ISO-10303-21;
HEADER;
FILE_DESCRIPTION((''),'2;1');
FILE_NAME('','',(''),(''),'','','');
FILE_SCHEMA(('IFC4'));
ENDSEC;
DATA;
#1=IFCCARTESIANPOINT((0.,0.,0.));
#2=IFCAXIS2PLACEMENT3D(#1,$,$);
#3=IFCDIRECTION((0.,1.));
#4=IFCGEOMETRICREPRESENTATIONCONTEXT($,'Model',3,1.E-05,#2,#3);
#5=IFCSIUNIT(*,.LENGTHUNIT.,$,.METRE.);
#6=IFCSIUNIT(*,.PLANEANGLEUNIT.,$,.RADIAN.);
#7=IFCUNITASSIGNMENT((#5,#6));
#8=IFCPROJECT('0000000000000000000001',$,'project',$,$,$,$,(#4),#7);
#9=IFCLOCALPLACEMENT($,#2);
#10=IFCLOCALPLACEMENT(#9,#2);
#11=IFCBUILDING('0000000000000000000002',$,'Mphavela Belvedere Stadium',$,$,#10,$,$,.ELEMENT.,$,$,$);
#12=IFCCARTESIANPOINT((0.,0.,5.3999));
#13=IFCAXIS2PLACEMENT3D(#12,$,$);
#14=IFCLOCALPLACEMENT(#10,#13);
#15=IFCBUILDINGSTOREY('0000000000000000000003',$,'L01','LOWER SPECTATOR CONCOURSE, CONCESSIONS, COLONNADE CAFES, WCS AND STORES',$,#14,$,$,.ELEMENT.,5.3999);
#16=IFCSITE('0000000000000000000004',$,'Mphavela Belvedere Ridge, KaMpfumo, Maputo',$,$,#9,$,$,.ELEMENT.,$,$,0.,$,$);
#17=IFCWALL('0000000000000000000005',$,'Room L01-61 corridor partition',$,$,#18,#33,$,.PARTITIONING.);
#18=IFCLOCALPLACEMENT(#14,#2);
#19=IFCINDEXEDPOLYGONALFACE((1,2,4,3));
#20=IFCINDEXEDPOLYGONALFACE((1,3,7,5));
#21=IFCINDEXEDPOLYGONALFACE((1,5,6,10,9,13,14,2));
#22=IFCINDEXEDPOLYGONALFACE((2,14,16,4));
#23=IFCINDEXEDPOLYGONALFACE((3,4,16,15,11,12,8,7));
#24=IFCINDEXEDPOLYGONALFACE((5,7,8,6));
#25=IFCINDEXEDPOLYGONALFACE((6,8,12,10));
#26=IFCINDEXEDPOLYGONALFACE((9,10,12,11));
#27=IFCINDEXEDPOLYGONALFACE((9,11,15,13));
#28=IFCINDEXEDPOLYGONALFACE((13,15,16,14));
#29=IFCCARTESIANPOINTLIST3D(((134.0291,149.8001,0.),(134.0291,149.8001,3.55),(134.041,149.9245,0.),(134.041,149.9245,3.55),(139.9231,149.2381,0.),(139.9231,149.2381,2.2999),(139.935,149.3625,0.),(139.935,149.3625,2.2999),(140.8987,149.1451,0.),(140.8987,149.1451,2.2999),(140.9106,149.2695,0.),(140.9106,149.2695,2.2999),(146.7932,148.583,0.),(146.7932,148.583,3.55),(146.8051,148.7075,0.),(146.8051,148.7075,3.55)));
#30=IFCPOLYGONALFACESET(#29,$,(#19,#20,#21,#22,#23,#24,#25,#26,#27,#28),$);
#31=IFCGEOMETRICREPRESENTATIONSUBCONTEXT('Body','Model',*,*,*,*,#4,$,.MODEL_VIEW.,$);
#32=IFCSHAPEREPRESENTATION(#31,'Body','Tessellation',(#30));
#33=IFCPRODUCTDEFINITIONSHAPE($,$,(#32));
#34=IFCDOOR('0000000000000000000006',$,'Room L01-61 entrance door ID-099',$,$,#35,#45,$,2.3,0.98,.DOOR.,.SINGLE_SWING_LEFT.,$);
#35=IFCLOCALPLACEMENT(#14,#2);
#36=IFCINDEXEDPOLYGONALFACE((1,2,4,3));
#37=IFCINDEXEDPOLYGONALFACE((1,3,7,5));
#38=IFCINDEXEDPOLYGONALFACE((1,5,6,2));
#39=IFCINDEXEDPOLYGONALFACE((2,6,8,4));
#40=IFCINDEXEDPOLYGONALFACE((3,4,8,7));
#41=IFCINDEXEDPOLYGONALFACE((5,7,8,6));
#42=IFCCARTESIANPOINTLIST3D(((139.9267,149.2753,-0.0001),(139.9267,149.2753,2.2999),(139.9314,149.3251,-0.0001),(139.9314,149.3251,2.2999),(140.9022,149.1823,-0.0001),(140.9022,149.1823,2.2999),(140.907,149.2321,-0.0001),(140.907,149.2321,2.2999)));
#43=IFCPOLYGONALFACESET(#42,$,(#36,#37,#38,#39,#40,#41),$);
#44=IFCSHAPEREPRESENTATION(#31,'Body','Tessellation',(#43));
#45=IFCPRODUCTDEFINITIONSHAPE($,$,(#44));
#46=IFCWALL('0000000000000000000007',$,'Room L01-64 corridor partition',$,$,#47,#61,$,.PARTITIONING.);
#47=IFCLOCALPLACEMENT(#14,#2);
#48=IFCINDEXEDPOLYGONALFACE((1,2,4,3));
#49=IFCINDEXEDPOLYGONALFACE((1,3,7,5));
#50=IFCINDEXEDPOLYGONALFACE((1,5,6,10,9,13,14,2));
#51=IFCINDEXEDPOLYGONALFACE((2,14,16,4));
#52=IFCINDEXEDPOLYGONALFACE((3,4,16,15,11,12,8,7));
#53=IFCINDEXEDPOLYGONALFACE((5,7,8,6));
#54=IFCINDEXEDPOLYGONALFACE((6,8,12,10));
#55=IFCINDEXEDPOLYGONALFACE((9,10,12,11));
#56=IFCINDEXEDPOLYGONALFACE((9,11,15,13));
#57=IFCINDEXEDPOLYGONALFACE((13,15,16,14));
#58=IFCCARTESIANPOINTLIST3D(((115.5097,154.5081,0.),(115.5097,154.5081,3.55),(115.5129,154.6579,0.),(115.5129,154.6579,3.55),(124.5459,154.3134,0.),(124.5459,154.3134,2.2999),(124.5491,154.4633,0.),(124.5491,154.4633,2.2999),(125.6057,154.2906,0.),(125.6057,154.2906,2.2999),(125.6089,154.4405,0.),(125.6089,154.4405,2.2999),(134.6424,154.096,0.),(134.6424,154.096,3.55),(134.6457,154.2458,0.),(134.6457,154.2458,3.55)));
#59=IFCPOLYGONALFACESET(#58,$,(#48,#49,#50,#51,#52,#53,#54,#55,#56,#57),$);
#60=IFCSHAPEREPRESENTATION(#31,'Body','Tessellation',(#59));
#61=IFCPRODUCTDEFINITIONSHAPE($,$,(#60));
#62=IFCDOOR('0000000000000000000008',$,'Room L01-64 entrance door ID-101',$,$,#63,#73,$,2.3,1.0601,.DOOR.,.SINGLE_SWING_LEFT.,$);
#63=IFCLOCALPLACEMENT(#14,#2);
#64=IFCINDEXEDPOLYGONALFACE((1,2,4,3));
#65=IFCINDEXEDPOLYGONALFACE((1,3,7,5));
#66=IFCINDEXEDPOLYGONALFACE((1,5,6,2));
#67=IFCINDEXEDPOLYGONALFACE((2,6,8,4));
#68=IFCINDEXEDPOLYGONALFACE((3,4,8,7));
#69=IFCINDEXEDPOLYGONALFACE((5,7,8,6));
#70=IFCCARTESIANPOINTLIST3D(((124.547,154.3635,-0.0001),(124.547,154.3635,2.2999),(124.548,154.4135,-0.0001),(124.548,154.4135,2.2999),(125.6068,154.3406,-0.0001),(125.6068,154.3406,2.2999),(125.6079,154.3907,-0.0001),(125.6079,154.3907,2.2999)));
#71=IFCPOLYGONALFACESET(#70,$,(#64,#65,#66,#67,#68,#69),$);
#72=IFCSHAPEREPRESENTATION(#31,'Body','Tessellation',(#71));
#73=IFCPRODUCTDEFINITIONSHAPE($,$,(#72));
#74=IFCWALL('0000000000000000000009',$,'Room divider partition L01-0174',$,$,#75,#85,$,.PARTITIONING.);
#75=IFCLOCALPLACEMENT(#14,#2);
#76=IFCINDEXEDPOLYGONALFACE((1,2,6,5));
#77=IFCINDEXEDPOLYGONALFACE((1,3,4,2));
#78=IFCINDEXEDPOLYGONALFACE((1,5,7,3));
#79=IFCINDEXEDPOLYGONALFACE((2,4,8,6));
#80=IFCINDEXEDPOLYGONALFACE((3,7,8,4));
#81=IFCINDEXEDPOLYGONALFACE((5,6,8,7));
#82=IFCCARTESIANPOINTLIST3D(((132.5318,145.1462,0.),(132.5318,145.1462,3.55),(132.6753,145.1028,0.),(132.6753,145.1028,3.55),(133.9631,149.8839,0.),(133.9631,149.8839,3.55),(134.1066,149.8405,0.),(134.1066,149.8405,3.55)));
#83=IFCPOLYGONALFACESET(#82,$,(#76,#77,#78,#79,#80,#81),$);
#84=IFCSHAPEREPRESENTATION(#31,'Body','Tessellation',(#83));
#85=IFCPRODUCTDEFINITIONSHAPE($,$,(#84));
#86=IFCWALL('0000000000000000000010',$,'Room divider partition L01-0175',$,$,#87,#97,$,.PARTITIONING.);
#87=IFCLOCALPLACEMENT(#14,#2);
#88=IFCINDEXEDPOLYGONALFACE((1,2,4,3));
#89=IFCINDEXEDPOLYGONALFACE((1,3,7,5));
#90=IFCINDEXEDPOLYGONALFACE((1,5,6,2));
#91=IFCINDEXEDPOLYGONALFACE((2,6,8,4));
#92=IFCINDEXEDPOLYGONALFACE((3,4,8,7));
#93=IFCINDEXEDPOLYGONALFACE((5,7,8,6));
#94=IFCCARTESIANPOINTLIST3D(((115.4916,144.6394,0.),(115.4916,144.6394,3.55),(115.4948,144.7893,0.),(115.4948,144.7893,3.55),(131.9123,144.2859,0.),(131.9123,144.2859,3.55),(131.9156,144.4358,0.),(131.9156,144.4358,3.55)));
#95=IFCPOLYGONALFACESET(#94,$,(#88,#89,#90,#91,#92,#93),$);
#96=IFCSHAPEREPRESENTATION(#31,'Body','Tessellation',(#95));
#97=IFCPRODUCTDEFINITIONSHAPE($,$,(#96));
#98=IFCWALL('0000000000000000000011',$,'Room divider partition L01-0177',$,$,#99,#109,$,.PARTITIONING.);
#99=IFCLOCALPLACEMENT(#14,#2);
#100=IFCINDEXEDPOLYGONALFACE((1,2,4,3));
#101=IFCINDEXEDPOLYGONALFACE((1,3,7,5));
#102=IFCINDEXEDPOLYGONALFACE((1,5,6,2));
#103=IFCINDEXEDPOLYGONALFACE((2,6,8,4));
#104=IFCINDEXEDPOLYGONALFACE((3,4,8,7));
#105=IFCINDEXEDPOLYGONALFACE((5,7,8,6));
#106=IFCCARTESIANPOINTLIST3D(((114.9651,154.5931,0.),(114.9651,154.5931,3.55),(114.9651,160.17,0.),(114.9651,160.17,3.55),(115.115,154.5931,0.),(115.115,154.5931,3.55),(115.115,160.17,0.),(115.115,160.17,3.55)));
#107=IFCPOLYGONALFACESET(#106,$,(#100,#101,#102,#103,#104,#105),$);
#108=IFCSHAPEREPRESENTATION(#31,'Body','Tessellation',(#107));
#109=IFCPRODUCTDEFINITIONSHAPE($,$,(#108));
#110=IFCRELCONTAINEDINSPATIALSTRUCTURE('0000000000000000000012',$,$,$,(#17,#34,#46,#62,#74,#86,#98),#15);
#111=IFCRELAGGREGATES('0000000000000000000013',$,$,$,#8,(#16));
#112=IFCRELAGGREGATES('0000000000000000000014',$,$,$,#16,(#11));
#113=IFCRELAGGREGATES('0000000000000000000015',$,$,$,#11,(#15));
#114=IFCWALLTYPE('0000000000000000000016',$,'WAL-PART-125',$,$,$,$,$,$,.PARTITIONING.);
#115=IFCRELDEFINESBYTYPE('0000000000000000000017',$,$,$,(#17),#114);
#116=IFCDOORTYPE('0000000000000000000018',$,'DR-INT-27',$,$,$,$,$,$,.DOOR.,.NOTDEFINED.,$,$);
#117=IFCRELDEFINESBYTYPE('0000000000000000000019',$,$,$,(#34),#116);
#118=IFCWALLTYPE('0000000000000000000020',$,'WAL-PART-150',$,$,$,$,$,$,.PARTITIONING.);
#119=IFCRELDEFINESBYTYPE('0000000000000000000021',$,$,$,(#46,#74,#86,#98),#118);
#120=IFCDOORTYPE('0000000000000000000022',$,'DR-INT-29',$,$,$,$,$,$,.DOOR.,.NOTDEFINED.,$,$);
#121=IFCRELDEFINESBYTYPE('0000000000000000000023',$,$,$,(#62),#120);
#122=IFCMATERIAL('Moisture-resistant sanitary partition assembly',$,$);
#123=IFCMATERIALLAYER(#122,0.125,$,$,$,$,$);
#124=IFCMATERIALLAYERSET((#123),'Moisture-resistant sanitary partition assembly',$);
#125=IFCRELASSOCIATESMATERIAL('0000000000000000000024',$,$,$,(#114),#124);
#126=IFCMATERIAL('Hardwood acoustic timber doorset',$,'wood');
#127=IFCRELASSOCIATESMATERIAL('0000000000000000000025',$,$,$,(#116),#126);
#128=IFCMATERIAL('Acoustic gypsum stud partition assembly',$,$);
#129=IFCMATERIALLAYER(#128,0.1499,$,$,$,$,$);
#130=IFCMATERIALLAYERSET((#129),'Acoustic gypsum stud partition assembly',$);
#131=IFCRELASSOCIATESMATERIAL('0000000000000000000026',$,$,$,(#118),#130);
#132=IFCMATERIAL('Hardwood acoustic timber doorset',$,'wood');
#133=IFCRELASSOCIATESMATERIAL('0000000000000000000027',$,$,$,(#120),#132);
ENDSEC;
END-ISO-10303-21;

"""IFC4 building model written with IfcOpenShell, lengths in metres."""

from ifc_helpers import new_model, si_unit, direction, frame, frame_2d, origin, place, context, subcontext, project, spatial, rectangle, extrude, material, layer, layer_set, type_object, element, fill, save


model = new_model("IFC4")

# Units and contexts
model_context = context("Model", 3, precision=1e-05, world=origin(), true_north=direction((0.0, 1.0)))
body_context = subcontext(model_context, "Body", "Model", "MODEL_VIEW")
ifc_project = project(units=[si_unit("LENGTHUNIT", "METRE"), si_unit("PLANEANGLEUNIT", "RADIAN")], contexts=[model_context])

# Site, building, storey
site_placement = place(None, origin())
site = spatial("IfcSite", under=ifc_project, at=site_placement, Name="Mphavela Belvedere Ridge, KaMpfumo, Maputo", CompositionType="ELEMENT", RefElevation=0.0)
building_placement = place(site_placement, origin())
building = spatial("IfcBuilding", under=site, at=building_placement, Name="Mphavela Belvedere Stadium", CompositionType="ELEMENT")
storey_placement = place(building_placement, frame((0.0, 0.0, 5.3999)))
storey = spatial("IfcBuildingStorey", under=building, at=storey_placement, Name="L01", Description="LOWER SPECTATOR CONCOURSE, CONCESSIONS, COLONNADE CAFES, WCS AND STORES", CompositionType="ELEMENT", Elevation=5.3999)

# Walls, openings, doors
ifc_material_1 = material(Name="Moisture-resistant sanitary partition assembly")
ifc_layer_1 = layer(ifc_material_1, 0.125)
ifc_layer_set_1 = layer_set([ifc_layer_1], Name="Moisture-resistant sanitary partition assembly")
wall_type_1 = type_object("IfcWallType", Name="WAL-PART-125", PredefinedType="PARTITIONING", material=ifc_layer_set_1)
wall_1_placement = place(storey_placement, frame((134.0349, 149.8623, 0.0), z_axis=(0.0, 0.0, 1.0), x_axis=(0.995485, -0.094918, 0.0)))
wall_1 = element("IfcWall", 1, at=wall_1_placement, inside=storey, type_object=wall_type_1, Name="Room L01-61 corridor partition", PredefinedType="PARTITIONING", context=body_context, shape_type="SweptSolid", body=[
    extrude(rectangle(XDim=12.822, YDim=0.125, at=frame_2d((6.4111, 0.0))), origin(), (0.0, 0.0, 1.0), 3.55),
])
opening_1_placement = place(wall_1_placement, frame((5.9209, 0.0, 0.0)))
opening_1 = element("IfcOpeningElement", 2, at=opening_1_placement, cuts=wall_1, PredefinedType="OPENING", context=body_context, shape_type="SweptSolid", body=[
    extrude(rectangle(XDim=0.98, YDim=2.3, at=frame_2d((0.49, 1.1499))), frame((0.0, 0.0725, 0.0), z_axis=(0.0, -1.0, 0.0), x_axis=(1.0, 0.0, 0.0)), (0.0, 0.0, 1.0), 0.145),
])
ifc_material_2 = material(Name="Hardwood acoustic timber doorset", Category="wood")
door_type_1 = type_object("IfcDoorType", Name="DR-INT-27", OperationType="NOTDEFINED", PredefinedType="DOOR", material=ifc_material_2)
door_1_placement = place(opening_1_placement, origin())
door_1 = element("IfcDoor", 3, at=door_1_placement, inside=storey, type_object=door_type_1, Name="Room L01-61 entrance door ID-099", OperationType="SINGLE_SWING_LEFT", OverallHeight=2.3, OverallWidth=0.98, PredefinedType="DOOR", context=body_context, shape_type="SweptSolid", body=[
    extrude(rectangle(XDim=0.98, YDim=2.3, at=frame_2d((0.49, 1.1499))), frame((0.0, 0.0249, 0.0), z_axis=(0.0, -1.0, 0.0), x_axis=(1.0, 0.0, 0.0)), (0.0, 0.0, 1.0), 0.05),
])
fill(opening_1, door_1)
ifc_material_3 = material(Name="Acoustic gypsum stud partition assembly")
ifc_layer_2 = layer(ifc_material_3, 0.1499)
ifc_layer_set_2 = layer_set([ifc_layer_2], Name="Acoustic gypsum stud partition assembly")
wall_type_2 = type_object("IfcWallType", Name="WAL-PART-150", PredefinedType="PARTITIONING", material=ifc_layer_set_2)
wall_2_placement = place(storey_placement, frame((134.644, 154.1709, 0.0), z_axis=(0.0, 0.0, 1.0), x_axis=(-0.999768, 0.021534, 0.0)))
wall_2 = element("IfcWall", 4, at=wall_2_placement, inside=storey, type_object=wall_type_2, Name="Room L01-64 corridor partition", PredefinedType="PARTITIONING", context=body_context, shape_type="SweptSolid", body=[
    extrude(rectangle(XDim=19.1372, YDim=0.1499, at=frame_2d((9.5686, 0.0))), origin(), (0.0, 0.0, 1.0), 3.55),
])
opening_2_placement = place(wall_2_placement, frame((9.0388, 0.0, 0.0)))
opening_2 = element("IfcOpeningElement", 5, at=opening_2_placement, cuts=wall_2, PredefinedType="OPENING", context=body_context, shape_type="SweptSolid", body=[
    extrude(rectangle(XDim=1.0601, YDim=2.3, at=frame_2d((0.53, 1.1499))), frame((0.0, 0.085, 0.0), z_axis=(0.0, -1.0, 0.0), x_axis=(1.0, 0.0, 0.0)), (0.0, 0.0, 1.0), 0.1699),
])
ifc_material_4 = material(Name="Hardwood acoustic timber doorset", Category="wood")
door_type_2 = type_object("IfcDoorType", Name="DR-INT-29", OperationType="NOTDEFINED", PredefinedType="DOOR", material=ifc_material_4)
door_2_placement = place(opening_2_placement, origin())
door_2 = element("IfcDoor", 6, at=door_2_placement, inside=storey, type_object=door_type_2, Name="Room L01-64 entrance door ID-101", OperationType="SINGLE_SWING_LEFT", OverallHeight=2.3, OverallWidth=1.0601, PredefinedType="DOOR", context=body_context, shape_type="SweptSolid", body=[
    extrude(rectangle(XDim=1.0601, YDim=2.3, at=frame_2d((0.53, 1.1499))), frame((0.0, 0.0249, 0.0), z_axis=(0.0, -1.0, 0.0), x_axis=(1.0, 0.0, 0.0)), (0.0, 0.0, 1.0), 0.05),
])
fill(opening_2, door_2)

# Walls
wall_3_placement = place(storey_placement, frame((132.6035, 145.1245, 0.0), z_axis=(0.0, 0.0, 1.0), x_axis=(0.289212, 0.957265, 0.0)))
element("IfcWall", 7, at=wall_3_placement, inside=storey, type_object=wall_type_2, Name="Room divider partition L01-0174", PredefinedType="PARTITIONING", context=body_context, shape_type="SweptSolid", body=[
    extrude(rectangle(XDim=4.9492, YDim=0.1499, at=frame_2d((2.4746, 0.0))), origin(), (0.0, 0.0, 1.0), 3.55),
])
wall_4_placement = place(storey_placement, frame((131.9141, 144.3608, 0.0), z_axis=(0.0, 0.0, 1.0), x_axis=(-0.999768, 0.021524, 0.0)))
element("IfcWall", 8, at=wall_4_placement, inside=storey, type_object=wall_type_2, Name="Room divider partition L01-0175", PredefinedType="PARTITIONING", context=body_context, shape_type="SweptSolid", body=[
    extrude(rectangle(XDim=16.4246, YDim=0.1499, at=frame_2d((8.2124, 0.0))), origin(), (0.0, 0.0, 1.0), 3.55),
])
wall_5_placement = place(storey_placement, frame((115.04, 154.593, 0.0), z_axis=(0.0, 0.0, 1.0), x_axis=(0.0, 1.0, 0.0)))
element("IfcWall", 9, at=wall_5_placement, inside=storey, type_object=wall_type_2, Name="Room divider partition L01-0177", PredefinedType="PARTITIONING", context=body_context, shape_type="SweptSolid", body=[
    extrude(rectangle(XDim=5.5769, YDim=0.1499, at=frame_2d((2.7886, 0.0))), origin(), (0.0, 0.0, 1.0), 3.55),
])

save(model, "model.ifc")
